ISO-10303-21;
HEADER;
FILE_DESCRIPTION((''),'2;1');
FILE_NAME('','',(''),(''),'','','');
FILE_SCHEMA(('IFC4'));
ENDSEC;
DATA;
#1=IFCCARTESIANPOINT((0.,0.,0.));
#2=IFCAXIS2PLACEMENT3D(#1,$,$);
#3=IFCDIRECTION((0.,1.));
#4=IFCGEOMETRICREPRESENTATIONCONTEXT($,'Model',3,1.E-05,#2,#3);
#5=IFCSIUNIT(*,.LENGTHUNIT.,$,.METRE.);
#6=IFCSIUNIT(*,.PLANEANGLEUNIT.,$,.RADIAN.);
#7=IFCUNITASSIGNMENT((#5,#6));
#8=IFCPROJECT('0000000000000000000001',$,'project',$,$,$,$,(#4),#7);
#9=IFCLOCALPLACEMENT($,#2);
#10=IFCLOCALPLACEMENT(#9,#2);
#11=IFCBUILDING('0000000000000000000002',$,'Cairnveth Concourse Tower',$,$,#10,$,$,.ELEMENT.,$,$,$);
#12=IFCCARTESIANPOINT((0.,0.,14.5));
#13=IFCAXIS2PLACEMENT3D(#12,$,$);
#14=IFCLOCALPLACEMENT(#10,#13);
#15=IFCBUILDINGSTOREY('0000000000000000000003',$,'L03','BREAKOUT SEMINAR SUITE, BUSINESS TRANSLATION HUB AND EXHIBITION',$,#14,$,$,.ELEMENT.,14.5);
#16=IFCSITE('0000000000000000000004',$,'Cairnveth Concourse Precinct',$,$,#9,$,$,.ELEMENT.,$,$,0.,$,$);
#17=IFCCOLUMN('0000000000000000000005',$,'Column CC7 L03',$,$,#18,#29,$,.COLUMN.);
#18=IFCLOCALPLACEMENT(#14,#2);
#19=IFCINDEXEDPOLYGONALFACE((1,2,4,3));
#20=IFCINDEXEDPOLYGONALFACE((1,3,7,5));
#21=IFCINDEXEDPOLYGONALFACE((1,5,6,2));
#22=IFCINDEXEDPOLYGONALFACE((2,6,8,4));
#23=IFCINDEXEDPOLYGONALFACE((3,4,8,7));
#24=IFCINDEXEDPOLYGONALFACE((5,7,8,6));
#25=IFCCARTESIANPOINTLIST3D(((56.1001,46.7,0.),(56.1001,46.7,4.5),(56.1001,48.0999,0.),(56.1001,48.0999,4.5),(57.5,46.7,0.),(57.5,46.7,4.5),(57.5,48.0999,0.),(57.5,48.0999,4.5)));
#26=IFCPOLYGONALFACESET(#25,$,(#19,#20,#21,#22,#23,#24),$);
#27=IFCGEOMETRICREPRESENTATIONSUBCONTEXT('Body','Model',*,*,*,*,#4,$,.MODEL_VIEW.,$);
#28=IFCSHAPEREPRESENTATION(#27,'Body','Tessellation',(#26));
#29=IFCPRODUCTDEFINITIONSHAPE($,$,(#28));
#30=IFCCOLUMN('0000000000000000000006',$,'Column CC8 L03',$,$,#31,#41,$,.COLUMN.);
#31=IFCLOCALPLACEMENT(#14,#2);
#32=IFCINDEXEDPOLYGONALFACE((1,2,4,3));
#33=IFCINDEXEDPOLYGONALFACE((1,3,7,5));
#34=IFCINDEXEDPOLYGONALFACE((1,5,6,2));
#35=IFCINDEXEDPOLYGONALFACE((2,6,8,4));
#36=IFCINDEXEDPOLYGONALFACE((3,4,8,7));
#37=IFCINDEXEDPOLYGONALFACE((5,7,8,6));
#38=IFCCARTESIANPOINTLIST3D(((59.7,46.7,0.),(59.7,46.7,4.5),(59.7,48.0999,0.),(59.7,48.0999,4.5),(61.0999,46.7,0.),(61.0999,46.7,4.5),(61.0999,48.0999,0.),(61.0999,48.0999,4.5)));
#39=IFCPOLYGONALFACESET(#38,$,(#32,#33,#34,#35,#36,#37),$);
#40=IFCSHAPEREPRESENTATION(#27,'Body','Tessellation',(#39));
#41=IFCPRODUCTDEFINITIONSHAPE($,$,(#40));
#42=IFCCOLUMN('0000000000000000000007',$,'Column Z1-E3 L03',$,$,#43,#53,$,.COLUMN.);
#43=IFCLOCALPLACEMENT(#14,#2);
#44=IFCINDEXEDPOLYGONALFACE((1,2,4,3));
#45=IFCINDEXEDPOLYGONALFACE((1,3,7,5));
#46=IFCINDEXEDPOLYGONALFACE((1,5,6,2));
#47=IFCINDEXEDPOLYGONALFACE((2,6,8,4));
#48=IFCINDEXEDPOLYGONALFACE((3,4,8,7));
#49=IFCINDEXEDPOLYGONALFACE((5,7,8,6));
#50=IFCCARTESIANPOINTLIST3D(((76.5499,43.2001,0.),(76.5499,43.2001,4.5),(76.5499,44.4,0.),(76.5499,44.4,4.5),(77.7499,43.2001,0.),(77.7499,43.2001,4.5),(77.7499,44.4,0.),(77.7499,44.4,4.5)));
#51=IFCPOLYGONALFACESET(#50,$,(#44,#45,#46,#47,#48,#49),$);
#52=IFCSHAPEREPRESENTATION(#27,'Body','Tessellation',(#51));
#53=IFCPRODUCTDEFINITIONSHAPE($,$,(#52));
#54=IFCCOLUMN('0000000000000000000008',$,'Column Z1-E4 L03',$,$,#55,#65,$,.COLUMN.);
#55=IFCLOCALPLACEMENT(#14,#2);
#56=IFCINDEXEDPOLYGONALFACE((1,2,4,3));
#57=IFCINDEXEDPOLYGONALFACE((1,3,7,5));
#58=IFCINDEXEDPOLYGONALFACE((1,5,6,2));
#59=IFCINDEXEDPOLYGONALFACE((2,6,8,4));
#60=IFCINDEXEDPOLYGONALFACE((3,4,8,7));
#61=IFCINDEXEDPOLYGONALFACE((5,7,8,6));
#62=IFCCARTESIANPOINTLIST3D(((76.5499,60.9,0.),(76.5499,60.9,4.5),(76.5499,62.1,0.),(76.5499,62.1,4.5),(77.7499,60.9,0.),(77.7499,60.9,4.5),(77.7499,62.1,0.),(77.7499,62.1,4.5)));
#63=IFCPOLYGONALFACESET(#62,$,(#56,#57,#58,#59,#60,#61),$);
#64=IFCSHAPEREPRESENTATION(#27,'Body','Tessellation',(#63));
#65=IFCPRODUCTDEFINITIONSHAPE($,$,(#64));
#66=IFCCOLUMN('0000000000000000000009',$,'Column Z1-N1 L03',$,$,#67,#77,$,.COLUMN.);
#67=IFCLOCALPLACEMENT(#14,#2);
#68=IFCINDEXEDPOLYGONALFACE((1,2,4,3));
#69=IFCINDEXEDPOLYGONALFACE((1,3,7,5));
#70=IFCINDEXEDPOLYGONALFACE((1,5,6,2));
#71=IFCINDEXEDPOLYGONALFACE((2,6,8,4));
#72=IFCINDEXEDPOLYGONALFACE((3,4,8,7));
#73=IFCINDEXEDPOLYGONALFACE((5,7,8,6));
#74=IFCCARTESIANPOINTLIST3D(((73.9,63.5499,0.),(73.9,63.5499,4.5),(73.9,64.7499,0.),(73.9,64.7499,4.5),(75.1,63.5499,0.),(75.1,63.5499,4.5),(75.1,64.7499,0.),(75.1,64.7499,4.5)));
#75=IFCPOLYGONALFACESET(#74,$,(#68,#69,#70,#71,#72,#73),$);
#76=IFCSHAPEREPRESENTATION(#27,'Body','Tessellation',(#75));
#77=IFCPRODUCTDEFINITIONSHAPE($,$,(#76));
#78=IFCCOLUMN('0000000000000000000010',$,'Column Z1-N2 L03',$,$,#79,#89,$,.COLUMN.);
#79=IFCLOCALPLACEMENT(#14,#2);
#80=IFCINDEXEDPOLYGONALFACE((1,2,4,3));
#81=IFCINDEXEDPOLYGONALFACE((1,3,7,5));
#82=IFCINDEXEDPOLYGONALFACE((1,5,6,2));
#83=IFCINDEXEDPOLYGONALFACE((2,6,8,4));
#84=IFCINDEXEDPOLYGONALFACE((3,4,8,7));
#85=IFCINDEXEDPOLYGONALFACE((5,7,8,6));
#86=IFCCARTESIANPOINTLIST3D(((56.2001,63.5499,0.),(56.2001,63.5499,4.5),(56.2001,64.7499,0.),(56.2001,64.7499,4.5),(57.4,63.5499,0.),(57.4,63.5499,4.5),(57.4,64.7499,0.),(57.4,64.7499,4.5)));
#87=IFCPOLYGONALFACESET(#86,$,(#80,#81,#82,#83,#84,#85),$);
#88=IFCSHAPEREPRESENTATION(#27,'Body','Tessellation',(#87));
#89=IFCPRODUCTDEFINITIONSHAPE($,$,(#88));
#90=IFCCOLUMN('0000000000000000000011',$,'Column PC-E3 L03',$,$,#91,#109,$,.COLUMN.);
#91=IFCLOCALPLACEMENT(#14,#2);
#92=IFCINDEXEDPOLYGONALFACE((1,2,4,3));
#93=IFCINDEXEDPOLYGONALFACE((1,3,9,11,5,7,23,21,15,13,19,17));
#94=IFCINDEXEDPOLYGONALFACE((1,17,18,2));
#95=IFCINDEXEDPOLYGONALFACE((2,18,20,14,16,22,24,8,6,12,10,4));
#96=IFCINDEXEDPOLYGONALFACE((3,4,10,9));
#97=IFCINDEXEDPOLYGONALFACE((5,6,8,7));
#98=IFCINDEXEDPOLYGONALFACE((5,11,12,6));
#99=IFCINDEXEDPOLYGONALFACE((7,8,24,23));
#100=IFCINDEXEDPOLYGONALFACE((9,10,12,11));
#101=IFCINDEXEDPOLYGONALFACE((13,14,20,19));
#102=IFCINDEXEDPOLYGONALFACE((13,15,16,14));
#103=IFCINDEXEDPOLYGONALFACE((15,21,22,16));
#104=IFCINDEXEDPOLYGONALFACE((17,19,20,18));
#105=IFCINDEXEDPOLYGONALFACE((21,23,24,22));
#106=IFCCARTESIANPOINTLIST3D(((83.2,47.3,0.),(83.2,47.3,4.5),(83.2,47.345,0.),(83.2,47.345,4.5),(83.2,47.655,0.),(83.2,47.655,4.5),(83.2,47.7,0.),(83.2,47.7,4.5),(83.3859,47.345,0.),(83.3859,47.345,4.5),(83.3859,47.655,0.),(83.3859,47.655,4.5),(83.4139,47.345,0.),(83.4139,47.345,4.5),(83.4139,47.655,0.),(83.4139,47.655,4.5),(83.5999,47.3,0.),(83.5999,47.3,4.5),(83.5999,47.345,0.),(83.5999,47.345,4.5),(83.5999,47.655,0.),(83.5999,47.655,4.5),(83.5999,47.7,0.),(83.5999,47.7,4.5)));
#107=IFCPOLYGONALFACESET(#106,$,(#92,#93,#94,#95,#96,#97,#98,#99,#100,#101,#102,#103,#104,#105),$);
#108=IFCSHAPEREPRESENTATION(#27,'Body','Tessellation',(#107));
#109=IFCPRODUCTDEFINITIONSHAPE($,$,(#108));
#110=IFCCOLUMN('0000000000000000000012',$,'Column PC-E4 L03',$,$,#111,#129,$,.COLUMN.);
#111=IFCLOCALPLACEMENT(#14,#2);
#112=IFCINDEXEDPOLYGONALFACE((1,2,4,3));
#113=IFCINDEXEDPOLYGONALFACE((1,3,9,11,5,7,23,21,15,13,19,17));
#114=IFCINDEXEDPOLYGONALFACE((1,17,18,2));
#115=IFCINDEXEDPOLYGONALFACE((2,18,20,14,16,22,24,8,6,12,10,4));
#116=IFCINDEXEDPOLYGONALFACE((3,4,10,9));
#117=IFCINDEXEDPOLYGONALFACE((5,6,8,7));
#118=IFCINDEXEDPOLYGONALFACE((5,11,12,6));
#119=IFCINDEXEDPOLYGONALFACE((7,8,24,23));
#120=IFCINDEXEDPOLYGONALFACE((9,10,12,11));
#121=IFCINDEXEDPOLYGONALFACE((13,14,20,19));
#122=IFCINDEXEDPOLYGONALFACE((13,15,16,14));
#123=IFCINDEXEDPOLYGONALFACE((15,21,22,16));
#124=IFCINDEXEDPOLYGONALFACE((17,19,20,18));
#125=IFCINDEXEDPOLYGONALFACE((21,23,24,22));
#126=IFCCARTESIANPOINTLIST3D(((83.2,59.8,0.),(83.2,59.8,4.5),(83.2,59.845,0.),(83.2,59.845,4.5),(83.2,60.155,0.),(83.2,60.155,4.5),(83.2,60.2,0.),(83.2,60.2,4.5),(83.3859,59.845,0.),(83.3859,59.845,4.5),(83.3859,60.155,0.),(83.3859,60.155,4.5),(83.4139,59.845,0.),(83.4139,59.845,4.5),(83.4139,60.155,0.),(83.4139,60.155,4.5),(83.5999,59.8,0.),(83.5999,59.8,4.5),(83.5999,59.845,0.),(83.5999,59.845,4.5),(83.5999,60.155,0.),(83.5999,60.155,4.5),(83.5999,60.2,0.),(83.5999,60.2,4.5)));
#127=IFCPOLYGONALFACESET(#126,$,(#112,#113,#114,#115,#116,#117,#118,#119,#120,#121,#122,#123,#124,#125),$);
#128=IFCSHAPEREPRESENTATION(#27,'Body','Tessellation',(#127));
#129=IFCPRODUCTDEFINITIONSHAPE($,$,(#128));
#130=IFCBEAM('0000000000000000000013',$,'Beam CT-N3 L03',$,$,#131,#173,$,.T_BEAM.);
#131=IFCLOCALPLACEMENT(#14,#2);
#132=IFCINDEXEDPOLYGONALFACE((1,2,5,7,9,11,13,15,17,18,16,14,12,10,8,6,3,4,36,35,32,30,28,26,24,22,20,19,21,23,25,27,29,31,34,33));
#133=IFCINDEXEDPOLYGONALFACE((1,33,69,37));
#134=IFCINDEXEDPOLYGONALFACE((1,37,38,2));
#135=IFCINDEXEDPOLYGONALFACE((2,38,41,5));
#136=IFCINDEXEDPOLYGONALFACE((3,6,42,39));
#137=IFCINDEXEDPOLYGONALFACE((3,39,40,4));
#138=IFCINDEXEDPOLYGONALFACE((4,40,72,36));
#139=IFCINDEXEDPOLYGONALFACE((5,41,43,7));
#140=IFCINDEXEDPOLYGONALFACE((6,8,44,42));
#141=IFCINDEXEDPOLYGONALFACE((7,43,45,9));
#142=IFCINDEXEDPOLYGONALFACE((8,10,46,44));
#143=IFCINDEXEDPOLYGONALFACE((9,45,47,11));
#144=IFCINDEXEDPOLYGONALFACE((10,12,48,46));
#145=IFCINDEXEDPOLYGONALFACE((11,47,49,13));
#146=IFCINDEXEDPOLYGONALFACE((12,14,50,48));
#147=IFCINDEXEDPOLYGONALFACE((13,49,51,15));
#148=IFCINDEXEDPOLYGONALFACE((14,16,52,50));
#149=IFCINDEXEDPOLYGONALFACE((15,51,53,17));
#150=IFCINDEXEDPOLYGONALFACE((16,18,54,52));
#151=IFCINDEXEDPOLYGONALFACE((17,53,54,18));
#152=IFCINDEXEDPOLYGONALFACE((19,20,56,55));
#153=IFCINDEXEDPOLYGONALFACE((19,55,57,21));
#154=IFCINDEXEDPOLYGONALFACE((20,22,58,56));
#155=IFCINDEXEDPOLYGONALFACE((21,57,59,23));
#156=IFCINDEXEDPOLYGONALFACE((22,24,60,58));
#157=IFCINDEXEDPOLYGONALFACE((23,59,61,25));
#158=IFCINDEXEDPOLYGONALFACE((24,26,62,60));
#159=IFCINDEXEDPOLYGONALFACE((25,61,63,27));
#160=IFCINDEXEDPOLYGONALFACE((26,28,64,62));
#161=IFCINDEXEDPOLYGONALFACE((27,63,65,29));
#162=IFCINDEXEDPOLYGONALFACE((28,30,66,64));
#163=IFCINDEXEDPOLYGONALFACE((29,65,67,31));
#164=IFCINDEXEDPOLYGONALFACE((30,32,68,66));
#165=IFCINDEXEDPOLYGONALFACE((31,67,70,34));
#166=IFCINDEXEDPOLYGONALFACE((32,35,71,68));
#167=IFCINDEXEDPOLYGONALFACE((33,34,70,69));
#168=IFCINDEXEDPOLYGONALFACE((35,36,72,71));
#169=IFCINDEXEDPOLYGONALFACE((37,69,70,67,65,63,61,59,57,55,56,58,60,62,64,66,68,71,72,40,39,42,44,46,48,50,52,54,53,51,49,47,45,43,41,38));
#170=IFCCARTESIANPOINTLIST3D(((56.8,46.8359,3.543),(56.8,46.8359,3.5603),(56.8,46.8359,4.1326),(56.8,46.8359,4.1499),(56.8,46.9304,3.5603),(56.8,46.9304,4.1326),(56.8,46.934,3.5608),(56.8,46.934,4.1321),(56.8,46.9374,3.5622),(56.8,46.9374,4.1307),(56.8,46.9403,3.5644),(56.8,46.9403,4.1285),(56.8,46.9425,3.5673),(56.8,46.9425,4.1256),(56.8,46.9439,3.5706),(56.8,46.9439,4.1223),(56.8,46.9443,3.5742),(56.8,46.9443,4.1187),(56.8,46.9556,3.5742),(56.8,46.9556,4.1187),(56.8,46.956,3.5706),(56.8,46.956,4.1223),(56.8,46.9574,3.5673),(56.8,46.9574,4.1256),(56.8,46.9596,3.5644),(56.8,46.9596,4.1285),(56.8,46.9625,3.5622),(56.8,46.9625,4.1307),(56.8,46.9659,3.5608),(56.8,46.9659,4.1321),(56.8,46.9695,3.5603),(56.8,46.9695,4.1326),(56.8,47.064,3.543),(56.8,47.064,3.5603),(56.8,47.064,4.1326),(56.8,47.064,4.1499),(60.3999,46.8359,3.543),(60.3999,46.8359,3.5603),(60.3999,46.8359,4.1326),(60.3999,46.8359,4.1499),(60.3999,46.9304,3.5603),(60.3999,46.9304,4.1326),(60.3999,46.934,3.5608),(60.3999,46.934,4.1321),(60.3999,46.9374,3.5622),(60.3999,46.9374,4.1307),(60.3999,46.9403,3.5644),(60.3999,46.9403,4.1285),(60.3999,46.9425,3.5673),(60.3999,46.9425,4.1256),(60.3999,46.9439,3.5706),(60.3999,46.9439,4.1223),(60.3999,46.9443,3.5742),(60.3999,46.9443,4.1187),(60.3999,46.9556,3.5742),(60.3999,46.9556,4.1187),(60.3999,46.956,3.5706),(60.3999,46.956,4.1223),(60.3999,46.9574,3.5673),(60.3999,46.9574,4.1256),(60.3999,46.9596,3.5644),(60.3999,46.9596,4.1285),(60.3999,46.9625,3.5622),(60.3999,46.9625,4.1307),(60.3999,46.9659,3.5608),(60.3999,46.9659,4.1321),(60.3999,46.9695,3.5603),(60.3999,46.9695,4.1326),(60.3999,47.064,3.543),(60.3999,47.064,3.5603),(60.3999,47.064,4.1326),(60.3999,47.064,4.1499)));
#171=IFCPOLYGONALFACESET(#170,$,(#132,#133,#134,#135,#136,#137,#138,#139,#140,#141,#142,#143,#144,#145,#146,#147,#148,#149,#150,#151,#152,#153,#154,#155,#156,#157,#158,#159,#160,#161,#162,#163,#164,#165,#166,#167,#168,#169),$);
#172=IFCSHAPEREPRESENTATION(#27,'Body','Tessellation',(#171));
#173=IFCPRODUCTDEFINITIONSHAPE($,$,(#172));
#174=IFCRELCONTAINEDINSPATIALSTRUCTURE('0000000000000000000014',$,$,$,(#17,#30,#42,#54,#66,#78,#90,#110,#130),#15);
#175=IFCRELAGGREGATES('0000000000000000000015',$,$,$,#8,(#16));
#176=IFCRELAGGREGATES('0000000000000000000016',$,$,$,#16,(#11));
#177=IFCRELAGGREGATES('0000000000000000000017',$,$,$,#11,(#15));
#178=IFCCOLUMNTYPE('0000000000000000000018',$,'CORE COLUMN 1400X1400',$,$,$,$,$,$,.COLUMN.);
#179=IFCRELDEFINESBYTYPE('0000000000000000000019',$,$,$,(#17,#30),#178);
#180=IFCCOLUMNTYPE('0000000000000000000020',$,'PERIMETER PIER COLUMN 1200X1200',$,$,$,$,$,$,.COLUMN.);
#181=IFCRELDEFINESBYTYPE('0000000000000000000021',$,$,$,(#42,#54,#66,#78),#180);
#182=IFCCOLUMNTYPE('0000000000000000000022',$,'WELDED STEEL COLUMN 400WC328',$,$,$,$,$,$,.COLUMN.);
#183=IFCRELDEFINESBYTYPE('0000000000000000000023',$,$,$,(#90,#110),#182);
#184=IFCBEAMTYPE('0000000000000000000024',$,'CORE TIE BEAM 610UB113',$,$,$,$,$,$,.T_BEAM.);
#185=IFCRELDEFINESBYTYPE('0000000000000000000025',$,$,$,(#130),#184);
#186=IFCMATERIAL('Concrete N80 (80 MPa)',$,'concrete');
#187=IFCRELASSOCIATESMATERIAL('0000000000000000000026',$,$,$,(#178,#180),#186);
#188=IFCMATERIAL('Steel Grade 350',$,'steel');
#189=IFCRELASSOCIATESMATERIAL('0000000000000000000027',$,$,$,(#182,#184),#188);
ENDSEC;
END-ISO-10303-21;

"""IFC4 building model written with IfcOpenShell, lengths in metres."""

from ifc_helpers import new_model, si_unit, direction, frame, origin, origin_2d, place, context, subcontext, project, spatial, rectangle, i_section, extrude, material, material_profile, profile_set, type_object, element, save


model = new_model("IFC4")

# Units and contexts
model_context = context("Model", 3, precision=1e-05, world=origin(), true_north=direction((0.0, 1.0)))
body_context = subcontext(model_context, "Body", "Model", "MODEL_VIEW")
ifc_project = project(units=[si_unit("LENGTHUNIT", "METRE"), si_unit("PLANEANGLEUNIT", "RADIAN")], contexts=[model_context])

# Site, building, storey
site_placement = place(None, origin())
site = spatial("IfcSite", under=ifc_project, at=site_placement, Name="Cairnveth Concourse Precinct", CompositionType="ELEMENT", RefElevation=0.0)
building_placement = place(site_placement, origin())
building = spatial("IfcBuilding", under=site, at=building_placement, Name="Cairnveth Concourse Tower", CompositionType="ELEMENT")
storey_placement = place(building_placement, frame((0.0, 0.0, 14.5)))
storey = spatial("IfcBuildingStorey", under=building, at=storey_placement, Name="L03", Description="BREAKOUT SEMINAR SUITE, BUSINESS TRANSLATION HUB AND EXHIBITION", CompositionType="ELEMENT", Elevation=14.5)

# Columns
ifc_material_1 = material(Name="Concrete N80 (80 MPa)", Category="concrete")
ifc_material_profile_1 = material_profile(ifc_material_1, rectangle(XDim=1.3999, YDim=1.3999, at=origin_2d()), Name="RC-COL-1400x1400")
ifc_profile_set_1 = profile_set([ifc_material_profile_1], Name="Concrete N80 (80 MPa)")
column_type_1 = type_object("IfcColumnType", Name="CORE COLUMN 1400X1400", PredefinedType="COLUMN", material=ifc_profile_set_1)
for number, where, z_axis, x_axis, name in (
    (1, (56.8, 47.3999, 0.0), (0.0, 0.0, 1.0), (1.0, 0.0, 0.0), "Column CC7 L03"),
    (2, (60.3999, 47.3999, 0.0), (0.0, 0.0, 1.0), (1.0, 0.0, 0.0), "Column CC8 L03"),
):
    element("IfcColumn", number, at=place(storey_placement, frame(where, z_axis=z_axis, x_axis=x_axis)), inside=storey, type_object=column_type_1, Name=name, PredefinedType="COLUMN", context=body_context, shape_type="SweptSolid", body=[
        extrude(rectangle(XDim=1.3999, YDim=1.3999, at=origin_2d()), origin(), (0.0, 0.0, 1.0), 4.5),
    ])
ifc_material_profile_2 = material_profile(ifc_material_1, rectangle(XDim=1.2, YDim=1.2, at=origin_2d()), Name="RC-COL-1200x1200")
ifc_profile_set_2 = profile_set([ifc_material_profile_2], Name="Concrete N80 (80 MPa)")
column_type_2 = type_object("IfcColumnType", Name="PERIMETER PIER COLUMN 1200X1200", PredefinedType="COLUMN", material=ifc_profile_set_2)
for number, where, z_axis, x_axis, name in (
    (3, (77.1499, 43.8, 0.0), (0.0, 0.0, 1.0), (1.0, 0.0, 0.0), "Column Z1-E3 L03"),
    (4, (77.1499, 61.5, 0.0), (0.0, 0.0, 1.0), (1.0, 0.0, 0.0), "Column Z1-E4 L03"),
    (5, (74.5, 64.1499, 0.0), (0.0, 0.0, 1.0), (1.0, 0.0, 0.0), "Column Z1-N1 L03"),
    (6, (56.8, 64.1499, 0.0), (0.0, 0.0, 1.0), (1.0, 0.0, 0.0), "Column Z1-N2 L03"),
):
    element("IfcColumn", number, at=place(storey_placement, frame(where, z_axis=z_axis, x_axis=x_axis)), inside=storey, type_object=column_type_2, Name=name, PredefinedType="COLUMN", context=body_context, shape_type="SweptSolid", body=[
        extrude(rectangle(XDim=1.2, YDim=1.2, at=origin_2d()), origin(), (0.0, 0.0, 1.0), 4.5),
    ])
ifc_material_2 = material(Name="Steel Grade 350", Category="steel")
ifc_material_profile_3 = material_profile(ifc_material_2, i_section(OverallWidth=0.3999, OverallDepth=0.3999, WebThickness=0.0281, FlangeThickness=0.0449, at=origin_2d()), Name="400WC328")
ifc_profile_set_3 = profile_set([ifc_material_profile_3], Name="Steel Grade 350")
column_type_3 = type_object("IfcColumnType", Name="WELDED STEEL COLUMN 400WC328", PredefinedType="COLUMN", material=ifc_profile_set_3)
for number, where, z_axis, x_axis, name in (
    (7, (83.3999, 47.5, 0.0), (0.0, 0.0, 1.0), (1.0, 0.0, 0.0), "Column PC-E3 L03"),
    (8, (83.3999, 60.0, 0.0), (0.0, 0.0, 1.0), (1.0, 0.0, 0.0), "Column PC-E4 L03"),
):
    element("IfcColumn", number, at=place(storey_placement, frame(where, z_axis=z_axis, x_axis=x_axis)), inside=storey, type_object=column_type_3, Name=name, PredefinedType="COLUMN", context=body_context, shape_type="SweptSolid", body=[
        extrude(i_section(OverallWidth=0.3999, OverallDepth=0.3999, WebThickness=0.0281, FlangeThickness=0.0449, at=origin_2d()), origin(), (0.0, 0.0, 1.0), 4.5),
    ])

# Beam
ifc_material_profile_4 = material_profile(ifc_material_2, i_section(OverallWidth=0.228, OverallDepth=0.6069, WebThickness=0.0112, FlangeThickness=0.0173, FilletRadius=0.0139, at=origin_2d()), Name="610UB113")
ifc_profile_set_4 = profile_set([ifc_material_profile_4], Name="Steel Grade 350")
beam_type_1 = type_object("IfcBeamType", Name="CORE TIE BEAM 610UB113", PredefinedType="T_BEAM", material=ifc_profile_set_4)
beam_1_placement = place(storey_placement, frame((56.8, 46.95, 3.8464), z_axis=(1.0, 0.0, 0.0), x_axis=(0.0, 1.0, 0.0)))
element("IfcBeam", 9, at=beam_1_placement, inside=storey, type_object=beam_type_1, Name="Beam CT-N3 L03", PredefinedType="T_BEAM", context=body_context, shape_type="SweptSolid", body=[
    extrude(i_section(OverallWidth=0.228, OverallDepth=0.6069, WebThickness=0.0112, FlangeThickness=0.0173, FilletRadius=0.0139, at=origin_2d()), origin(), (0.0, 0.0, 1.0), 3.5999),
])

save(model, "model.ifc")
